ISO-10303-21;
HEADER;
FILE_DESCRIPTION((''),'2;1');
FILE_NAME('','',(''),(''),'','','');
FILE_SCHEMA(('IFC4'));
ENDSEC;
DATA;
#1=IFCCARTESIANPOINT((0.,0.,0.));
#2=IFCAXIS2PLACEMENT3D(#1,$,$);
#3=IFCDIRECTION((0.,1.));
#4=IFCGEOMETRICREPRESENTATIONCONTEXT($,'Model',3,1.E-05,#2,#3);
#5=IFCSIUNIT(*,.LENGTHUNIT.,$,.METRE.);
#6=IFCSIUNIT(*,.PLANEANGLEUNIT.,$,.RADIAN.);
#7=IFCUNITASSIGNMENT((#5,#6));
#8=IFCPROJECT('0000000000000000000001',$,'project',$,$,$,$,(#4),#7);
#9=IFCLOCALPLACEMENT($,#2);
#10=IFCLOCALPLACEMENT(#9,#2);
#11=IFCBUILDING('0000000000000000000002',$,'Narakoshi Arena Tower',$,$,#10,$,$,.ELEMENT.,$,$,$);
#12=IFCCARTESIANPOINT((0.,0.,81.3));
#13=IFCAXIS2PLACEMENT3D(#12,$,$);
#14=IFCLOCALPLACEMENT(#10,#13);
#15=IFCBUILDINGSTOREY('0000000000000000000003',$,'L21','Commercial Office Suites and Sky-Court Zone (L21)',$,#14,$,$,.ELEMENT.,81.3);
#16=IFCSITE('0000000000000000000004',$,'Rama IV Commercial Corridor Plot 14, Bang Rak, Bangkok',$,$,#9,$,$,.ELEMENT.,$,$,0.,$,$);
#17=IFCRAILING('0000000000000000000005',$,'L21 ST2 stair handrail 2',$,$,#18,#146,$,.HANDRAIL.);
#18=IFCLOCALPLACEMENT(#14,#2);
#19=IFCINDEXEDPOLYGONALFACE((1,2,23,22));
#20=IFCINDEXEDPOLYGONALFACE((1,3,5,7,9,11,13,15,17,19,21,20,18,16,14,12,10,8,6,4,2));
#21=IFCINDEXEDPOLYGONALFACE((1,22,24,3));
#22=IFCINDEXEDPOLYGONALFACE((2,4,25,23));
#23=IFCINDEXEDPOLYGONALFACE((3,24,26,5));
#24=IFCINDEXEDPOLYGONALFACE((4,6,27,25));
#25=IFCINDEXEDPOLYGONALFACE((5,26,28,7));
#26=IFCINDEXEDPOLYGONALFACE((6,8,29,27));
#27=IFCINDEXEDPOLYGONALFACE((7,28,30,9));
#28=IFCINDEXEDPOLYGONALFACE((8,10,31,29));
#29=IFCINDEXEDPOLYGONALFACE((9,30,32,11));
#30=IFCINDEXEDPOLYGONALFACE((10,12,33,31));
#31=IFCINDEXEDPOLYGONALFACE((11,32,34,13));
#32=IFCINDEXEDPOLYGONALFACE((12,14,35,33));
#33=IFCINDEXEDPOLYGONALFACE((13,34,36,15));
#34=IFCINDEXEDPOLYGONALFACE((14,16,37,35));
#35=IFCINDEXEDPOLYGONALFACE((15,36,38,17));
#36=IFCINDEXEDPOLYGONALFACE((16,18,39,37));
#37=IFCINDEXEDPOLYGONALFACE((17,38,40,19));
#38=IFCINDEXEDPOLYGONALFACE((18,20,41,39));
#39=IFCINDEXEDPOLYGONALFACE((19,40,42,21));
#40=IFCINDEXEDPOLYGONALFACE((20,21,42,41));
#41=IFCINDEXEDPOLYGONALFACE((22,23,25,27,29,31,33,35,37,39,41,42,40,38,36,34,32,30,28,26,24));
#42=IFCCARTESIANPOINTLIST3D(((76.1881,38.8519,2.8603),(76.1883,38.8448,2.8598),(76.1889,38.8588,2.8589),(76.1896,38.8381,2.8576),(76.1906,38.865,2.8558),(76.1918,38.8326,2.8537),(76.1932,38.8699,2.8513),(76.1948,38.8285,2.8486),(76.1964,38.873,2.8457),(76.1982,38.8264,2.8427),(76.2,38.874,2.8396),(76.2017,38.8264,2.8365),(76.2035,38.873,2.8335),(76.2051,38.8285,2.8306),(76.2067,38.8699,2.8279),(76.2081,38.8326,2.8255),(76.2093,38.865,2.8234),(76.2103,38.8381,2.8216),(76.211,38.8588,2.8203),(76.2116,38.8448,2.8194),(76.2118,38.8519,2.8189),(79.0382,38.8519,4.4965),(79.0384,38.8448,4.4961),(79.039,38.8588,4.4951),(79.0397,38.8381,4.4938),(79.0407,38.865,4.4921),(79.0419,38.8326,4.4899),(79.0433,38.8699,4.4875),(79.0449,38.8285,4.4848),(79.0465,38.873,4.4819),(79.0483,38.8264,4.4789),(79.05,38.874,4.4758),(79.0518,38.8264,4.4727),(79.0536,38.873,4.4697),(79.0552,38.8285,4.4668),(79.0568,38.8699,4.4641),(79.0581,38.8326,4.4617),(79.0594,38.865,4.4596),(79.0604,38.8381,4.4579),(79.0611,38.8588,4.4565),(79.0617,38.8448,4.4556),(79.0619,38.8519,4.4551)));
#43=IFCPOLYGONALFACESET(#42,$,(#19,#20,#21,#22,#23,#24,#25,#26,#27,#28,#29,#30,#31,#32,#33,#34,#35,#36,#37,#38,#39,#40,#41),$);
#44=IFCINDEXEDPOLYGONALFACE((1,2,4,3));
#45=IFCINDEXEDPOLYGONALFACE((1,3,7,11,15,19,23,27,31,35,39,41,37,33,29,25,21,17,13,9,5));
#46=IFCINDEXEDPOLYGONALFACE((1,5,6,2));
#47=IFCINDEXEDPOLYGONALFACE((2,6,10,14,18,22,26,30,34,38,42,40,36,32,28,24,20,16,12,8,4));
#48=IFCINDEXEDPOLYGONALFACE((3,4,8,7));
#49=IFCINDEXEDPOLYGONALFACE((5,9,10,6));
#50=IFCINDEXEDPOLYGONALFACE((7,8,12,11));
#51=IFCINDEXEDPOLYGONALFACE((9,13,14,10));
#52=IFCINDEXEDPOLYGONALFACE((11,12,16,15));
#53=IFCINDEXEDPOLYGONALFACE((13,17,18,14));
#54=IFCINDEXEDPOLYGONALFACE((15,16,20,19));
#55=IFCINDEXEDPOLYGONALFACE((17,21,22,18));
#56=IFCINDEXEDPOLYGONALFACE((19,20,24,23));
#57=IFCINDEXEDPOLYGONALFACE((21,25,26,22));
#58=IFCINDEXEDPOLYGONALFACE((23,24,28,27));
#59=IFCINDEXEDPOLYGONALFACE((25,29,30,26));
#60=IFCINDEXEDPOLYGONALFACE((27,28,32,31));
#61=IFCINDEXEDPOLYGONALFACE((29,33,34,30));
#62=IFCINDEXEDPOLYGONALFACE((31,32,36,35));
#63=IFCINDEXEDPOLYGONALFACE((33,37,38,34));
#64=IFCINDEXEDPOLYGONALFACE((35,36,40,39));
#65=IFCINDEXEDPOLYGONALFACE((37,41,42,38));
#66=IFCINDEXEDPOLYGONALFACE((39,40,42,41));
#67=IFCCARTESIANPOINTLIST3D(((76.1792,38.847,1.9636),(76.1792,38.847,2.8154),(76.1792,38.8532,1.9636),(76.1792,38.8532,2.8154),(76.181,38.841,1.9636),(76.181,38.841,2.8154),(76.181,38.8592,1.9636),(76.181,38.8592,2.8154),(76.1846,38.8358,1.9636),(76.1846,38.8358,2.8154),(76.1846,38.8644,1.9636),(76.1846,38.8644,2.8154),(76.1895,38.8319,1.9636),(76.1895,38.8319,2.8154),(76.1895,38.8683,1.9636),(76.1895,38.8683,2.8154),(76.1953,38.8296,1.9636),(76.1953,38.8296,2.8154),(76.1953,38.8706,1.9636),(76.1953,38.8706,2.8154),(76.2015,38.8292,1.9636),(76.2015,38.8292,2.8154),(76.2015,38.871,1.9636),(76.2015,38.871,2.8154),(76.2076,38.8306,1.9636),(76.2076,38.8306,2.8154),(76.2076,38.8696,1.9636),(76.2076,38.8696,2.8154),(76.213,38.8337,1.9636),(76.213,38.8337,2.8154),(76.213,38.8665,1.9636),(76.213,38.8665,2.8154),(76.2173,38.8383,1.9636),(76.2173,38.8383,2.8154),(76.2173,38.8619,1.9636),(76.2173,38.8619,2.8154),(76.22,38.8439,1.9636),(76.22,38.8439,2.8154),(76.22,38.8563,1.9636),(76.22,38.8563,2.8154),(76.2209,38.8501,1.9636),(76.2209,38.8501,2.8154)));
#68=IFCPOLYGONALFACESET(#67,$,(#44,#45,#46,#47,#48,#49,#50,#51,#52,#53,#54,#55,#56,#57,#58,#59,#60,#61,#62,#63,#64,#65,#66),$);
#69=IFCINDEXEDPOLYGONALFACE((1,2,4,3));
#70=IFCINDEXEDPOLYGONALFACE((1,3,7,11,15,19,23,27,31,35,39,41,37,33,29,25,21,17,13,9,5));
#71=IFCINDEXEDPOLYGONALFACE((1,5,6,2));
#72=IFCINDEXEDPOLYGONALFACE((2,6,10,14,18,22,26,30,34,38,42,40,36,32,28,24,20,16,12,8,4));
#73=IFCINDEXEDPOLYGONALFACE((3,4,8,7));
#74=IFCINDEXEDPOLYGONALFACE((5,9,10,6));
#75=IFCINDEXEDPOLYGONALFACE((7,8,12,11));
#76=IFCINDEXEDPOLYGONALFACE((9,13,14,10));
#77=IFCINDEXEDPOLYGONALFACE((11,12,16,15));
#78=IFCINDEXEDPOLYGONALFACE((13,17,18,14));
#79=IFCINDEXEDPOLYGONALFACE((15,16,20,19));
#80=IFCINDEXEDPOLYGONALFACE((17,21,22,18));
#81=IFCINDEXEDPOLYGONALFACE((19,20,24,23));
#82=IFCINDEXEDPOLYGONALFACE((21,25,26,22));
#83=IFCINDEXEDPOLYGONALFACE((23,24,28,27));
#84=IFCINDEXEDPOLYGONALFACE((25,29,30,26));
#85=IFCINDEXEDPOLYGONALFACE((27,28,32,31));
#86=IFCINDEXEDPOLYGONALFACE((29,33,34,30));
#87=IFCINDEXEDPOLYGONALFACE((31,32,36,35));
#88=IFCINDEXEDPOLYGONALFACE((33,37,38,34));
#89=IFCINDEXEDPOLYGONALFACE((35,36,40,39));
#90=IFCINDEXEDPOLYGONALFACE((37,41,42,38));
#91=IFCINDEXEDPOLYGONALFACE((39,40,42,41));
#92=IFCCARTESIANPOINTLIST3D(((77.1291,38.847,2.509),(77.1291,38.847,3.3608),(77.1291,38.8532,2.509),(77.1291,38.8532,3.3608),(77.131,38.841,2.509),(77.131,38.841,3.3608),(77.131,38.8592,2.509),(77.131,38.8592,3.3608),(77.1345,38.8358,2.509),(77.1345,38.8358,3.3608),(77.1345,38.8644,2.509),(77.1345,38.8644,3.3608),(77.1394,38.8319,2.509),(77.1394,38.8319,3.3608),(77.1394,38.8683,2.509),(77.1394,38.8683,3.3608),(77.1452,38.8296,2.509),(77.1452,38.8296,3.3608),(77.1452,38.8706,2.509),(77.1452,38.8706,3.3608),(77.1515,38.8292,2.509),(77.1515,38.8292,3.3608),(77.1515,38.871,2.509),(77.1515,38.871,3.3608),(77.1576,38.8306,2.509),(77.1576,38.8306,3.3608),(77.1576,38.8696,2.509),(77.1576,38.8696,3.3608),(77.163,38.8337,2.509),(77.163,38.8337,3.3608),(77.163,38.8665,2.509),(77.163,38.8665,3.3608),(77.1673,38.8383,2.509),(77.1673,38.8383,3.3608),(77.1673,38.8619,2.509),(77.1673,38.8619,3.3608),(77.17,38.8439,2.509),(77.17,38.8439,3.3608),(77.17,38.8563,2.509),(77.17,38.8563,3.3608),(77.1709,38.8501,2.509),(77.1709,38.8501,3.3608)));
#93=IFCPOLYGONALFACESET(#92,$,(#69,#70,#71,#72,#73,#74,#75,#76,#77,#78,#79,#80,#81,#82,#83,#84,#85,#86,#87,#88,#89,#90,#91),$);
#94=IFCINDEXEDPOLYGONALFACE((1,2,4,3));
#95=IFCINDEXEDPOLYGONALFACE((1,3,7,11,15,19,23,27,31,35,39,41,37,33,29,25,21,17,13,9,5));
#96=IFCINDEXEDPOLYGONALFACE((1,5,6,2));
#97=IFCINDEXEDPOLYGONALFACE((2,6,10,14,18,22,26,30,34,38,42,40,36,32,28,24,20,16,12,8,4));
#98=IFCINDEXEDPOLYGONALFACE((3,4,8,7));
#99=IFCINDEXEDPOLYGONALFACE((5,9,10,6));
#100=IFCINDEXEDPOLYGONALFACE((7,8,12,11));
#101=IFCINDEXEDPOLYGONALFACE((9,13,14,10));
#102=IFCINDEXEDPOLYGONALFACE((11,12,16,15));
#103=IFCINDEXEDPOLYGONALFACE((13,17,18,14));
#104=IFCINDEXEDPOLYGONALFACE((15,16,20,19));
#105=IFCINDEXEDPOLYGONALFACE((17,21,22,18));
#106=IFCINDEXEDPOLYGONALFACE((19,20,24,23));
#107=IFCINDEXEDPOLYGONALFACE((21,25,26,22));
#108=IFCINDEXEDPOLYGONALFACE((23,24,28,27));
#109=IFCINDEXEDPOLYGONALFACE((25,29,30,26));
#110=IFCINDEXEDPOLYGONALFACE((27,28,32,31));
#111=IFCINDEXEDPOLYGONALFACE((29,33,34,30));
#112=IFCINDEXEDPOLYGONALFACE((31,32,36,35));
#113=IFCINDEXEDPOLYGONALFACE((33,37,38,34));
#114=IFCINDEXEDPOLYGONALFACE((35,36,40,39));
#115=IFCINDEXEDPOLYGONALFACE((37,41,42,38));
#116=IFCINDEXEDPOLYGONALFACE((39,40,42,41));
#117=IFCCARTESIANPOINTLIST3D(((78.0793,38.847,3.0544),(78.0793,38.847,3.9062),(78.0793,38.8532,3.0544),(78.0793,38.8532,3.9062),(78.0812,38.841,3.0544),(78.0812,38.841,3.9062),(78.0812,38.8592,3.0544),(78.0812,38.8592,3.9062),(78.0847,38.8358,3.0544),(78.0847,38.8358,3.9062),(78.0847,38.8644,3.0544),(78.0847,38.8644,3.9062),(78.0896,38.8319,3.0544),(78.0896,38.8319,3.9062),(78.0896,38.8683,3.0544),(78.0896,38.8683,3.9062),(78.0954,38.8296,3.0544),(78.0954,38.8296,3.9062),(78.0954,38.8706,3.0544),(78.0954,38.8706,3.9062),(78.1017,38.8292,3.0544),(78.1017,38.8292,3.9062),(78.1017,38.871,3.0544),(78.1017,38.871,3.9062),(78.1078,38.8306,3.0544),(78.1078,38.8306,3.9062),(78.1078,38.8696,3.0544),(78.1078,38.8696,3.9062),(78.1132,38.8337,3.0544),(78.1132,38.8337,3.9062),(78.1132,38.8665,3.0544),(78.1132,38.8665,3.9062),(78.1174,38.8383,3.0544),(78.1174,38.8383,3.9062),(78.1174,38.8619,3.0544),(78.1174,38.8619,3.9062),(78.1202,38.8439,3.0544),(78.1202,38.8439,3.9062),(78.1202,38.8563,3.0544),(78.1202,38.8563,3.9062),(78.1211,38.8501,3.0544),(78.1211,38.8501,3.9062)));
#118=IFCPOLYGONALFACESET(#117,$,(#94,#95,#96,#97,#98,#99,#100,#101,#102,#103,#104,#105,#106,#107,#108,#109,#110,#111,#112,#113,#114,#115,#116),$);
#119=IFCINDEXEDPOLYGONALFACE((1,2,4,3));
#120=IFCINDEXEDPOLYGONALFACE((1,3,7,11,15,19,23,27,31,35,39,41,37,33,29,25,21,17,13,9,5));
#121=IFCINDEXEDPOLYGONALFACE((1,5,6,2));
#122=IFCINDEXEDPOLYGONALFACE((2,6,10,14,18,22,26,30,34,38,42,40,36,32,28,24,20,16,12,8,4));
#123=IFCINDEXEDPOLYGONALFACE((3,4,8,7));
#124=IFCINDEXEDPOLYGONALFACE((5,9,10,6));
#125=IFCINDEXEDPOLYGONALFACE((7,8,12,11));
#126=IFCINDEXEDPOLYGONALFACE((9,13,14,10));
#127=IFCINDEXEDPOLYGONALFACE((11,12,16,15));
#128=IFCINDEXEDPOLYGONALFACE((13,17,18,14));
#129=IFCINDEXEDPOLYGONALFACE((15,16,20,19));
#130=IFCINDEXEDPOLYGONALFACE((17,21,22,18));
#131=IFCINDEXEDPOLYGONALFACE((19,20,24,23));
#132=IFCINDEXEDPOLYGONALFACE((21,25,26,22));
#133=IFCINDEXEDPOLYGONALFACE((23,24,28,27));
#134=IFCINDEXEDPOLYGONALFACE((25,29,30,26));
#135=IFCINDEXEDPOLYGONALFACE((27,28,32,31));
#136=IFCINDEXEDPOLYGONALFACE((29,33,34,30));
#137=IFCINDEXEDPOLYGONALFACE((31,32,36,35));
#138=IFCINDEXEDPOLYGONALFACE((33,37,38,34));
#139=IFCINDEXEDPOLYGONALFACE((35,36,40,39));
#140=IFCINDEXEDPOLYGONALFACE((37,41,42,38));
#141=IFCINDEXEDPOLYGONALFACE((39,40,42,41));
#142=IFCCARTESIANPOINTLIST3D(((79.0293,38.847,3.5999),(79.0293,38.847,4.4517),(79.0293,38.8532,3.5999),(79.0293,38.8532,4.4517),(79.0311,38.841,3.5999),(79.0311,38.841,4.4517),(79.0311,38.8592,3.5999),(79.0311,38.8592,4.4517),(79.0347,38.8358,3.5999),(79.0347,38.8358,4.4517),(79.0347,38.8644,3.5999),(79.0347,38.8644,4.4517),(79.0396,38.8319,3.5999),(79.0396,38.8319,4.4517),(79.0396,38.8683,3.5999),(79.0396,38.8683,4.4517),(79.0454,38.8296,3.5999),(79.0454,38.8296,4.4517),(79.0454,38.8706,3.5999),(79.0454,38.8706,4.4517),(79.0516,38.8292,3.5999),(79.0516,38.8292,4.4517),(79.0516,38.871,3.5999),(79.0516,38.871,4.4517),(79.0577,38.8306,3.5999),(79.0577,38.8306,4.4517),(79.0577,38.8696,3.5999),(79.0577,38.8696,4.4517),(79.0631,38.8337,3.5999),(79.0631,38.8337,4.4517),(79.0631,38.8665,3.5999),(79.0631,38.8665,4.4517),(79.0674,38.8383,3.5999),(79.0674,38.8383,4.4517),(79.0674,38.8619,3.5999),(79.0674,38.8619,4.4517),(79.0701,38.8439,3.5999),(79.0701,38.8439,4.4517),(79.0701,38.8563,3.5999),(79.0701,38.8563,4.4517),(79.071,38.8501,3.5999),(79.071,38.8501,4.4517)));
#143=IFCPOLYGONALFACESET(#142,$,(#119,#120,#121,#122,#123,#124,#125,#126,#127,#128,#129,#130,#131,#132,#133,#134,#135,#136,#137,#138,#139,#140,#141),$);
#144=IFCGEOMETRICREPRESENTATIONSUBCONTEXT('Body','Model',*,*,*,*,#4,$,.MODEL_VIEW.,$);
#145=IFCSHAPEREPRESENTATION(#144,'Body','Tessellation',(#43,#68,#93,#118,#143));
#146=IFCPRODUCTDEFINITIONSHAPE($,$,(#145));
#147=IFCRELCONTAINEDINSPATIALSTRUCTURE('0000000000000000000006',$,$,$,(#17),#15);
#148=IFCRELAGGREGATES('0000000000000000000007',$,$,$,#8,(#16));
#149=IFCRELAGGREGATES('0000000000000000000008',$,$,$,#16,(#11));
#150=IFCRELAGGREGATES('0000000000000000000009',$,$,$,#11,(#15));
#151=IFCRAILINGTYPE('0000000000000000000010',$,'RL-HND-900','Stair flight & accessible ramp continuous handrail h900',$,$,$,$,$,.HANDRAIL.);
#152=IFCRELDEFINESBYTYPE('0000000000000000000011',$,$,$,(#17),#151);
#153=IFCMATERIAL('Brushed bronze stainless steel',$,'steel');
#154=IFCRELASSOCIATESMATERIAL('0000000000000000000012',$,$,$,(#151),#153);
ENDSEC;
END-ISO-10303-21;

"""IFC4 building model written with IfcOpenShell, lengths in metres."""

from ifc_helpers import new_model, si_unit, direction, frame, origin, origin_2d, place, context, subcontext, project, spatial, circle, extrude, material, type_object, element, save


model = new_model("IFC4")

# Units and contexts
model_context = context("Model", 3, precision=1e-05, world=origin(), true_north=direction((0.0, 1.0)))
body_context = subcontext(model_context, "Body", "Model", "MODEL_VIEW")
ifc_project = project(units=[si_unit("LENGTHUNIT", "METRE"), si_unit("PLANEANGLEUNIT", "RADIAN")], contexts=[model_context])

# Site, building, storey
site_placement = place(None, origin())
site = spatial("IfcSite", under=ifc_project, at=site_placement, Name="Rama IV Commercial Corridor Plot 14, Bang Rak, Bangkok", CompositionType="ELEMENT", RefElevation=0.0)
building_placement = place(site_placement, origin())
building = spatial("IfcBuilding", under=site, at=building_placement, Name="Narakoshi Arena Tower", CompositionType="ELEMENT")
storey_placement = place(building_placement, frame((0.0, 0.0, 81.3)))
storey = spatial("IfcBuildingStorey", under=building, at=storey_placement, Name="L21", Description="Commercial Office Suites and Sky-Court Zone (L21)", CompositionType="ELEMENT", Elevation=81.3)

# Railing
ifc_material_1 = material(Name="Brushed bronze stainless steel", Category="steel")
railing_type_1 = type_object("IfcRailingType", Name="RL-HND-900", Description="Stair flight & accessible ramp continuous handrail h900", PredefinedType="HANDRAIL", material=ifc_material_1)
railing_1_placement = place(storey_placement, frame((76.2, 38.8501, 1.9636)))
element("IfcRailing", 1, at=railing_1_placement, inside=storey, type_object=railing_type_1, Name="L21 ST2 stair handrail 2", PredefinedType="HANDRAIL", context=body_context, shape_type="SweptSolid", body=[
    extrude(circle(Radius=0.0239, at=origin_2d()), frame((0.0, 0.0, 0.876), z_axis=(0.867245, 0.0, 0.497882), x_axis=(0.0, 1.0, 0.0)), (0.0, 0.0, 1.0), 3.2864),
    extrude(circle(Radius=0.021, at=origin_2d()), origin(), (0.0, 0.0, 1.0), 0.8518),
    extrude(circle(Radius=0.021, at=origin_2d()), frame((0.95, 0.0, 0.5454)), (0.0, 0.0, 1.0), 0.8518),
    extrude(circle(Radius=0.021, at=origin_2d()), frame((1.9001, 0.0, 1.0908)), (0.0, 0.0, 1.0), 0.8518),
    extrude(circle(Radius=0.021, at=origin_2d()), frame((2.8501, 0.0, 1.6362)), (0.0, 0.0, 1.0), 0.8518),
])

save(model, "model.ifc")
